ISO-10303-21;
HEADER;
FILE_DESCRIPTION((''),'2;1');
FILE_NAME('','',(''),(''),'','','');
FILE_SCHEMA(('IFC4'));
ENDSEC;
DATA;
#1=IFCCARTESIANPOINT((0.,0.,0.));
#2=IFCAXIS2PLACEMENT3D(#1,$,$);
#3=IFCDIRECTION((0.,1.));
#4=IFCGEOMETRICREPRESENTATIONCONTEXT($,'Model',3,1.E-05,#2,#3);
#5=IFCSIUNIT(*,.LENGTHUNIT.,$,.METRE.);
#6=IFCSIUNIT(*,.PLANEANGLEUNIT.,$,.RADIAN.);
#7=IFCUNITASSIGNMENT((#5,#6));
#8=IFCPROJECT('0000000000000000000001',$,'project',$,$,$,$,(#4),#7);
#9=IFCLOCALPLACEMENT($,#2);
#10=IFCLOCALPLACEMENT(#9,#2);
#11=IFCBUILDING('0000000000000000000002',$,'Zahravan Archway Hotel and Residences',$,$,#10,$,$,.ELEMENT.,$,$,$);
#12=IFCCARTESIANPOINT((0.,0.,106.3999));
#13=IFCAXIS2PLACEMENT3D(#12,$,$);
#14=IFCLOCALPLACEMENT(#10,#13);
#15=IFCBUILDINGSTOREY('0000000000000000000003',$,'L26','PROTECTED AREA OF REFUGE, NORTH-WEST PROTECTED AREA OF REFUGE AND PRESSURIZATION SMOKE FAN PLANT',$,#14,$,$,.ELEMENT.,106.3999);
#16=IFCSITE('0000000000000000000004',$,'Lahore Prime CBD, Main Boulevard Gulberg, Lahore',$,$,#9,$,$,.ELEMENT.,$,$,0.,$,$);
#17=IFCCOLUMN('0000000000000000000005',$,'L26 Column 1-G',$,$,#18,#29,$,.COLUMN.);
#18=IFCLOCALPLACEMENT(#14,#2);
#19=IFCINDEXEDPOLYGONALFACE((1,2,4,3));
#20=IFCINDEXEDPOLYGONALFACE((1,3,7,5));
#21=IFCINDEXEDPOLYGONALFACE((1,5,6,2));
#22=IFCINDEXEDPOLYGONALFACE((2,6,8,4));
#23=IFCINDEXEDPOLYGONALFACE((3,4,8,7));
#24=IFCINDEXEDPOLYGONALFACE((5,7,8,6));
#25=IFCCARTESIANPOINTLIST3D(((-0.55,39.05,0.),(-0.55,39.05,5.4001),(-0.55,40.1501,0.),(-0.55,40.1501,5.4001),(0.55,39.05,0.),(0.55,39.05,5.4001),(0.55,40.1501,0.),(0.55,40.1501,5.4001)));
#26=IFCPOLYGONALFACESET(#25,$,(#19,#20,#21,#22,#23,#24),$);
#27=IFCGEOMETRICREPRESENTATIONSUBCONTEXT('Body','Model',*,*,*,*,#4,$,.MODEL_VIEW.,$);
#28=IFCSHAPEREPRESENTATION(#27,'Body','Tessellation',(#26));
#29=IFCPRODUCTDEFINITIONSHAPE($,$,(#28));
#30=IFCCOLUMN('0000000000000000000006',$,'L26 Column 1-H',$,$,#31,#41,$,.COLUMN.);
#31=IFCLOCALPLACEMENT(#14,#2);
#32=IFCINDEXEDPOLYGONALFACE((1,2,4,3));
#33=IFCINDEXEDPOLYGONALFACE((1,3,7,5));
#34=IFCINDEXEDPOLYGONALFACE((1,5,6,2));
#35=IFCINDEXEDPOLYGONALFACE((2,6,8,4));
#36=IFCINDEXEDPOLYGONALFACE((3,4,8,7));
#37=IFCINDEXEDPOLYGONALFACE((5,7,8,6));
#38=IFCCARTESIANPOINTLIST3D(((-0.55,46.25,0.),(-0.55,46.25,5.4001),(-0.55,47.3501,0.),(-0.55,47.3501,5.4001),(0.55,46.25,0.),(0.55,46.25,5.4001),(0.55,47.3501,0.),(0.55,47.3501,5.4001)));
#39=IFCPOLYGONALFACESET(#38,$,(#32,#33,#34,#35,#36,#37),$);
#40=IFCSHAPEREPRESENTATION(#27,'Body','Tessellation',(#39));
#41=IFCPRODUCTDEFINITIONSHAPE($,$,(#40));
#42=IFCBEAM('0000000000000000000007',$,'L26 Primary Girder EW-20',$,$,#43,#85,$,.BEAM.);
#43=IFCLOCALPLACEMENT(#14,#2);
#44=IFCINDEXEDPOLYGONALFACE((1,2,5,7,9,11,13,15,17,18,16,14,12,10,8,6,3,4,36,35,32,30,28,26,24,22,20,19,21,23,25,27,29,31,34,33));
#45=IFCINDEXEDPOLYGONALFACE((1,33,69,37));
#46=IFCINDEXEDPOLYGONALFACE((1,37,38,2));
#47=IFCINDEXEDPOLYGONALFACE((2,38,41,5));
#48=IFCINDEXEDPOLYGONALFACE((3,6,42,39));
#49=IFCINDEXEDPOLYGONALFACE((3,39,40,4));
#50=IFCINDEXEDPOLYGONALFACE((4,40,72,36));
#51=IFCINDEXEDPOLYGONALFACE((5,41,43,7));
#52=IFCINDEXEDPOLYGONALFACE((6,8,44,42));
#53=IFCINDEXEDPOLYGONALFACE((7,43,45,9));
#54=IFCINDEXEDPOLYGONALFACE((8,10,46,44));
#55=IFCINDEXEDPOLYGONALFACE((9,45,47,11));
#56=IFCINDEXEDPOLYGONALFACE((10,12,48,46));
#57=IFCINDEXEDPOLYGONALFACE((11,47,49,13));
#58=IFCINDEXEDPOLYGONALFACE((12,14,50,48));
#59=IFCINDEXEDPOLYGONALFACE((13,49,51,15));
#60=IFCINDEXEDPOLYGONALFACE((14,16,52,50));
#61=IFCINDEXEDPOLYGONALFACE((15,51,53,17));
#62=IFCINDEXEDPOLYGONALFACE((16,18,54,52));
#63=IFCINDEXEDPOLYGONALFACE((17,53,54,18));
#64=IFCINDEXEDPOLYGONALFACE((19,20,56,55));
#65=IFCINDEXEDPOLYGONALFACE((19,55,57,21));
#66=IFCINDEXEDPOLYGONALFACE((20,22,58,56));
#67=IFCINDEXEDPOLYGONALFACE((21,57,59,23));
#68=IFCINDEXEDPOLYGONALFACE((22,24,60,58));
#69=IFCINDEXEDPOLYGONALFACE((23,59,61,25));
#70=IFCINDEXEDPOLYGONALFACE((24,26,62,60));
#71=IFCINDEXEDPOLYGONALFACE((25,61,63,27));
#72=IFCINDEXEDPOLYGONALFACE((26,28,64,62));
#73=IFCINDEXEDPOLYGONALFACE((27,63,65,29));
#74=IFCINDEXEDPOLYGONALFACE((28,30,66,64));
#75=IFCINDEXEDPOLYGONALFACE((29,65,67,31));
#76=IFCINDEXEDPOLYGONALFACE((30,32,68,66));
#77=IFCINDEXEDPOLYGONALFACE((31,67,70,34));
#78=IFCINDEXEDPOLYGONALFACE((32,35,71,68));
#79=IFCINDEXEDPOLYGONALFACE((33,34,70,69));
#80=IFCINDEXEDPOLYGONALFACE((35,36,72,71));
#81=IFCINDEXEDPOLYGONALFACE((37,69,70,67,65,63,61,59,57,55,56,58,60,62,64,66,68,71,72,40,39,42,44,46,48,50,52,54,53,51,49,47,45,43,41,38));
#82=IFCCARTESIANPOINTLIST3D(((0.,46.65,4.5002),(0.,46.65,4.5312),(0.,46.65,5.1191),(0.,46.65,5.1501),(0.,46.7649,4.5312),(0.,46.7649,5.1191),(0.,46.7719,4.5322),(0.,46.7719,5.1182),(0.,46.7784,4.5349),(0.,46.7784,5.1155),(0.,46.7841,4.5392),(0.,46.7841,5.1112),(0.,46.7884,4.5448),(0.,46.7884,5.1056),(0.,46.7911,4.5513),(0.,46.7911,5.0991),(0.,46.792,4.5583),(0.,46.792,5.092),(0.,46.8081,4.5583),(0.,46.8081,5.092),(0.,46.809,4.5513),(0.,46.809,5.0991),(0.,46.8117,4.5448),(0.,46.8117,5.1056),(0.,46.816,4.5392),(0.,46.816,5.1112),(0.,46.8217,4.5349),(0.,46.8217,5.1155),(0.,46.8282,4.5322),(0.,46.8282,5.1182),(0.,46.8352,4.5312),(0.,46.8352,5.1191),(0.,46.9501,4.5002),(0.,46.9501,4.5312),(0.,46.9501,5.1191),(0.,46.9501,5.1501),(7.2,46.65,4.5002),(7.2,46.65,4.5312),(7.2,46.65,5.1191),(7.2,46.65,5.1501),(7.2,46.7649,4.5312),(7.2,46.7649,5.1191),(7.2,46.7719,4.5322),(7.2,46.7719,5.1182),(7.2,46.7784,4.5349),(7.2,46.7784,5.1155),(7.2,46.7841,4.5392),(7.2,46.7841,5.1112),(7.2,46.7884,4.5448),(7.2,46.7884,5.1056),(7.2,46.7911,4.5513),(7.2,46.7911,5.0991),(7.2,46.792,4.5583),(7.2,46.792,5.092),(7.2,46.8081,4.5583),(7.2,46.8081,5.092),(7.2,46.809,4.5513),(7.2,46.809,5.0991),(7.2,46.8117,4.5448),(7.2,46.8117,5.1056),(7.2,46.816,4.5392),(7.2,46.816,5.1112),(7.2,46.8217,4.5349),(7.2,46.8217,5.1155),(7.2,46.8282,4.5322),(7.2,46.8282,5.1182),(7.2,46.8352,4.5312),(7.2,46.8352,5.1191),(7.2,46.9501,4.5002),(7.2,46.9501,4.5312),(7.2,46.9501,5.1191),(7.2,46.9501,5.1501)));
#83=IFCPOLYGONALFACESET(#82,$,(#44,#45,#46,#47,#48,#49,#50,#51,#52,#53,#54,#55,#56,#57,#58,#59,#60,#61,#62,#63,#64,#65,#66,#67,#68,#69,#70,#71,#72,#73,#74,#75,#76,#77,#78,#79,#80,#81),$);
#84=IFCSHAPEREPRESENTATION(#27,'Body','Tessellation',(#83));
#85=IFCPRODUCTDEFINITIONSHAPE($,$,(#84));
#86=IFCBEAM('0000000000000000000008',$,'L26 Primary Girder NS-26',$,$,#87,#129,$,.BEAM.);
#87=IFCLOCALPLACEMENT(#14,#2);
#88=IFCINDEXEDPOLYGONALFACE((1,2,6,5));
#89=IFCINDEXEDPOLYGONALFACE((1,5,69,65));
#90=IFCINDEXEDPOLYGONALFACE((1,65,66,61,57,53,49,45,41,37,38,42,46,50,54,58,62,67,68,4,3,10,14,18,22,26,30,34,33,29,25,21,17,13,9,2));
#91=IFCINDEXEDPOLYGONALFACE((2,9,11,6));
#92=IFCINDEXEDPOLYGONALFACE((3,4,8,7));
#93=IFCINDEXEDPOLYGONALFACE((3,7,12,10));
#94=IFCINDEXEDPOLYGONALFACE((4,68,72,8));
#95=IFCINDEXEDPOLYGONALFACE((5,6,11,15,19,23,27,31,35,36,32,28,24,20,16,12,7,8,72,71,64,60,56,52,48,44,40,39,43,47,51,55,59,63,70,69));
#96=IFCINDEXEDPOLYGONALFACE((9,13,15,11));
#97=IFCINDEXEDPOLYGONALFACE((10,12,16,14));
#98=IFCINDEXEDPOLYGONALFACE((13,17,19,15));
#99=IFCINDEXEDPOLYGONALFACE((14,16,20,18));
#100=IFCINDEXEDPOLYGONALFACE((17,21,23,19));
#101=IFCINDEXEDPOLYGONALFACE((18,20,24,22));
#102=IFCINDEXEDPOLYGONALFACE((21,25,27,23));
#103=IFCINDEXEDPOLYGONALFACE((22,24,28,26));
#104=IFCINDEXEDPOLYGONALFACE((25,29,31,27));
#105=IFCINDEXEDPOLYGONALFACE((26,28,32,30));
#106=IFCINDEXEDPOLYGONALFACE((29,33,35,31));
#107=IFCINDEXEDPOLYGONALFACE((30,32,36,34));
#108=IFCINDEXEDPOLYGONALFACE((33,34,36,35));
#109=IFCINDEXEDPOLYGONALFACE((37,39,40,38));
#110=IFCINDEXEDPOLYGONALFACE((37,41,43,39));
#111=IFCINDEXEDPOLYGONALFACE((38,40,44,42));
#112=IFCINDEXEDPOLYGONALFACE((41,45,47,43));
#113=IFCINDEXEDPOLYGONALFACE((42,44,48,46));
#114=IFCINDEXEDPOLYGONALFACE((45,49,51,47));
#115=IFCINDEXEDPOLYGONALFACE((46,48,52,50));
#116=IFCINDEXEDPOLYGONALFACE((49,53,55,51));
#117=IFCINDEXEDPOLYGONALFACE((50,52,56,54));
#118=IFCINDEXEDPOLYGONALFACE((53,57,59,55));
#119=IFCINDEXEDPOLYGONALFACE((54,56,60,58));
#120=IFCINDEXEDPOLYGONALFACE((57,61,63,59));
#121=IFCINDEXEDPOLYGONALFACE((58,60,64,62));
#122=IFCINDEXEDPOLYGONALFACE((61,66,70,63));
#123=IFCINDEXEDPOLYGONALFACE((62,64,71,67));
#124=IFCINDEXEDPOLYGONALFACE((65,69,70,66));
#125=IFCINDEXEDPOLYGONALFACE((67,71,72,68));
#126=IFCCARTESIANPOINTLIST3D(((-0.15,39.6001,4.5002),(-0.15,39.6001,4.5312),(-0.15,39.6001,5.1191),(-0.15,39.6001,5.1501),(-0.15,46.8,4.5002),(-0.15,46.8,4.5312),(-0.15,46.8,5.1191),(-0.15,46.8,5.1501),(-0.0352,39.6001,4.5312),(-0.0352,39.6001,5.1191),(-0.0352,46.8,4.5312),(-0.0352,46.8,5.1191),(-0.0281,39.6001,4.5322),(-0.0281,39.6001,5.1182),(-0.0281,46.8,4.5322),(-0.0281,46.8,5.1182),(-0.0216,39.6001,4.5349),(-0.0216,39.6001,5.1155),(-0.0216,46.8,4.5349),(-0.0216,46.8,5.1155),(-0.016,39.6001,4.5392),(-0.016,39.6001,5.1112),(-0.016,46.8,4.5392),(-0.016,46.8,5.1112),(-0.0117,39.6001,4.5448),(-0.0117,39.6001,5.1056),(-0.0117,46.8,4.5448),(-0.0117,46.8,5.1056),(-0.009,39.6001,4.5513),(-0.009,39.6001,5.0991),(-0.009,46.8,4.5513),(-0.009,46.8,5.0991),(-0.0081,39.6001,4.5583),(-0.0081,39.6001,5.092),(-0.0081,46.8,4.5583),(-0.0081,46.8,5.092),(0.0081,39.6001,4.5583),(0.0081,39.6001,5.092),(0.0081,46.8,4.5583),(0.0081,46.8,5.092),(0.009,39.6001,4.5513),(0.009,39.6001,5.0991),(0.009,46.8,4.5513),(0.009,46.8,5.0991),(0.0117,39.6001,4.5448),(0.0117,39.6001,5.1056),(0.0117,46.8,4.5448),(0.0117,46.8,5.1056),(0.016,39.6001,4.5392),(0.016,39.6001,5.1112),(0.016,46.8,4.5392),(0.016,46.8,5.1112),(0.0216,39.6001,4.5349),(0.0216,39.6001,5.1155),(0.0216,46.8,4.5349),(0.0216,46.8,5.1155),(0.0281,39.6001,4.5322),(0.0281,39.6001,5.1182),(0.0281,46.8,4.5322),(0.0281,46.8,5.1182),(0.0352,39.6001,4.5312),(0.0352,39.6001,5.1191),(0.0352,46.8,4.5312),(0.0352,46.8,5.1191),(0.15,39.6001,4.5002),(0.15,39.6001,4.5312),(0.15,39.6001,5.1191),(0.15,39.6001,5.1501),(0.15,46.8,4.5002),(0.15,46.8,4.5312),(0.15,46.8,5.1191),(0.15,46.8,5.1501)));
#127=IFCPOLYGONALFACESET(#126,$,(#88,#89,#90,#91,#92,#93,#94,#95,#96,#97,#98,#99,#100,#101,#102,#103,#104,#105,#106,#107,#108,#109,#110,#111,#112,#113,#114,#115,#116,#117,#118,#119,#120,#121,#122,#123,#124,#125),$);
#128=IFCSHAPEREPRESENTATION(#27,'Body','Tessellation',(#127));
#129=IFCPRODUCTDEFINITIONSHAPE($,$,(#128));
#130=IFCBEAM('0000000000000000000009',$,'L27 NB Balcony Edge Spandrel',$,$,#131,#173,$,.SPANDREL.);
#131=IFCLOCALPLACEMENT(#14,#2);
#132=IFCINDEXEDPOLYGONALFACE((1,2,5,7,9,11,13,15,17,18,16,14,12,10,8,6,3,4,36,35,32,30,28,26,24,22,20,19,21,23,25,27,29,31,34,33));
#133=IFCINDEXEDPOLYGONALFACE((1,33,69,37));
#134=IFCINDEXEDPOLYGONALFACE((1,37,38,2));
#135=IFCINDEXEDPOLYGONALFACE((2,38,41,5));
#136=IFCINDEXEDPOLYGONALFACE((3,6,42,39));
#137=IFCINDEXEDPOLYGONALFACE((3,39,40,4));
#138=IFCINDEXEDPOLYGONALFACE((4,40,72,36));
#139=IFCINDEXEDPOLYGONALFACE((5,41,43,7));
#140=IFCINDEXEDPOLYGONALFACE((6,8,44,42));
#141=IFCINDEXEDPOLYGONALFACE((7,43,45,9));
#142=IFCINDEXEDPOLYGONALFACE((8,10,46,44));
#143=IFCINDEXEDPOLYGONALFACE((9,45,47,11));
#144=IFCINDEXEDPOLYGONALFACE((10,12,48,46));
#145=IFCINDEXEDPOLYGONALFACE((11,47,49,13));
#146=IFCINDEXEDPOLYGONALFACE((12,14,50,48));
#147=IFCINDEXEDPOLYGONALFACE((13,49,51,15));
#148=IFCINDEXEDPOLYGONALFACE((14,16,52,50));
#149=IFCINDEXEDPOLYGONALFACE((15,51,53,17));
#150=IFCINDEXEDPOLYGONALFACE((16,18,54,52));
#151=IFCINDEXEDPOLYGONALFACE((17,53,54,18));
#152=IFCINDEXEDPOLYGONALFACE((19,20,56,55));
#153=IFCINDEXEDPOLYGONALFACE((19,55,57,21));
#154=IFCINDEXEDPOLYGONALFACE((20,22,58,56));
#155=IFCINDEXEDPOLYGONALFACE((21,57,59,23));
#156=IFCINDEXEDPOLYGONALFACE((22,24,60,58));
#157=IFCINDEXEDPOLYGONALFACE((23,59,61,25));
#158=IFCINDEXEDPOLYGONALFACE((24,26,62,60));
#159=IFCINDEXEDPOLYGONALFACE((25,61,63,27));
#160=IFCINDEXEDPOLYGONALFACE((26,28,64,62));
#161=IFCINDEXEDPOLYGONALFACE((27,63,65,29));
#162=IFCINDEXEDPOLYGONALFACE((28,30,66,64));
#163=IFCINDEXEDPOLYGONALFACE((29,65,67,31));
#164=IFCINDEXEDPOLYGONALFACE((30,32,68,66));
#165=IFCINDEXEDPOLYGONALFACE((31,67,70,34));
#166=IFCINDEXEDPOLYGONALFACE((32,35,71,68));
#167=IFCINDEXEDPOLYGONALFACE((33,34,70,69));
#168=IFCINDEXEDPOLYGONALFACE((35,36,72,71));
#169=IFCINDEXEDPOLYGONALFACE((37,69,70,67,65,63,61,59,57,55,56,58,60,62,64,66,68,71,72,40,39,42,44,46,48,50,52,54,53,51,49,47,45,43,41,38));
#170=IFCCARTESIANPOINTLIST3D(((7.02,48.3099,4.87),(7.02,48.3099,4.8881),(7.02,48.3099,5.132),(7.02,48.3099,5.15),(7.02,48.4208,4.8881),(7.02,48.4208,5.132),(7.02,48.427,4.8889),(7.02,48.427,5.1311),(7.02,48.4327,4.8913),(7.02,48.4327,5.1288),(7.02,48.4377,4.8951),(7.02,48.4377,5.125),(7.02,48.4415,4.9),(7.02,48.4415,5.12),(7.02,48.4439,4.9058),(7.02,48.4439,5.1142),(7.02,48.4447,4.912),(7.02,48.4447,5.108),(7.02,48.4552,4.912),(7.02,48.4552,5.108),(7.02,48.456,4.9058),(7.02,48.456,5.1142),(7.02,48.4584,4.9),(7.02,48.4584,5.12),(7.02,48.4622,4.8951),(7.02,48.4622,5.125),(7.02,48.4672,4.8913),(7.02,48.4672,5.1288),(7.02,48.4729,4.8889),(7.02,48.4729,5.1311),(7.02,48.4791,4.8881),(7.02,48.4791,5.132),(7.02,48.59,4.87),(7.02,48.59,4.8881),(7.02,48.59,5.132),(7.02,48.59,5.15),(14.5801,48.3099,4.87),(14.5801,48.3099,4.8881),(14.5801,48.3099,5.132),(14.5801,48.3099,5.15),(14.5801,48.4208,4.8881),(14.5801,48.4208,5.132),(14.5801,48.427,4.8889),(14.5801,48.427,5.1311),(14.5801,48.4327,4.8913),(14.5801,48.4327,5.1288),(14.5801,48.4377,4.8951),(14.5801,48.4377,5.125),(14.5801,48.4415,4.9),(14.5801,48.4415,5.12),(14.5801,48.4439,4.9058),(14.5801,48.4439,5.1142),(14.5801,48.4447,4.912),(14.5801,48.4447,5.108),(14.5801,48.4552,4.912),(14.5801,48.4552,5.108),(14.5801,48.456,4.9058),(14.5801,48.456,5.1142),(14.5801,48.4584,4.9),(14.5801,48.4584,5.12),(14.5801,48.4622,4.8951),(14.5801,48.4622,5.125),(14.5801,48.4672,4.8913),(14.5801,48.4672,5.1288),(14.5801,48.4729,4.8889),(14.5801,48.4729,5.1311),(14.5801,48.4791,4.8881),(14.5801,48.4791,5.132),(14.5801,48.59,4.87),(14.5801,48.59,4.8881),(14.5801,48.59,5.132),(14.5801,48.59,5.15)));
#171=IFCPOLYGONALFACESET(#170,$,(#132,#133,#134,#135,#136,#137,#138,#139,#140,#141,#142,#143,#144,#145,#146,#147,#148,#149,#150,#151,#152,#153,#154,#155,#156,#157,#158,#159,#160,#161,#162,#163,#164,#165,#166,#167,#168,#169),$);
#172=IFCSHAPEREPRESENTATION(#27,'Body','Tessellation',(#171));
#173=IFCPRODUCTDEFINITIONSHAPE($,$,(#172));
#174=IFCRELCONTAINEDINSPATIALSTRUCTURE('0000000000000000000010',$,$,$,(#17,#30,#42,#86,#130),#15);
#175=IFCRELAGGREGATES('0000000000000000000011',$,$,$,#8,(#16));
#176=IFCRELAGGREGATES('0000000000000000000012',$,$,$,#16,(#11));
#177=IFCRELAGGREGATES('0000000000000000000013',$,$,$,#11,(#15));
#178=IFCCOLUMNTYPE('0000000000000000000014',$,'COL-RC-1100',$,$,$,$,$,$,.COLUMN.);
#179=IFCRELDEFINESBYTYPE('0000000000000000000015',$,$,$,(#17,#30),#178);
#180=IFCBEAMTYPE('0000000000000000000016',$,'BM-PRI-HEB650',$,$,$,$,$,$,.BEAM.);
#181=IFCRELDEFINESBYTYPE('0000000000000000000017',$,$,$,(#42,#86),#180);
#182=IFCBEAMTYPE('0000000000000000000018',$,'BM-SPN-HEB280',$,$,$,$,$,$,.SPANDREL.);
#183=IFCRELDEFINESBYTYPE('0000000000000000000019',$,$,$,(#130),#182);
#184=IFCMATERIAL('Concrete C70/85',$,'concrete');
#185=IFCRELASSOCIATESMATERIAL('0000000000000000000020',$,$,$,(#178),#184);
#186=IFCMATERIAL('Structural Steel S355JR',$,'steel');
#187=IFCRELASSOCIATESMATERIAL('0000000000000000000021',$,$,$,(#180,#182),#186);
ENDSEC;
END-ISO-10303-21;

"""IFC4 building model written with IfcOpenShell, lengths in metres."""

from ifc_helpers import new_model, si_unit, direction, frame, origin, origin_2d, place, context, subcontext, project, spatial, rectangle, i_section, extrude, source, transform, mapped, material, material_profile, profile_set, type_object, type_shapes, element, save


model = new_model("IFC4")

# Units and contexts
model_context = context("Model", 3, precision=1e-05, world=origin(), true_north=direction((0.0, 1.0)))
body_context = subcontext(model_context, "Body", "Model", "MODEL_VIEW")
ifc_project = project(units=[si_unit("LENGTHUNIT", "METRE"), si_unit("PLANEANGLEUNIT", "RADIAN")], contexts=[model_context])

# Site, building, storey
site_placement = place(None, origin())
site = spatial("IfcSite", under=ifc_project, at=site_placement, Name="Lahore Prime CBD, Main Boulevard Gulberg, Lahore", CompositionType="ELEMENT", RefElevation=0.0)
building_placement = place(site_placement, origin())
building = spatial("IfcBuilding", under=site, at=building_placement, Name="Zahravan Archway Hotel and Residences", CompositionType="ELEMENT")
storey_placement = place(building_placement, frame((0.0, 0.0, 106.3999)))
storey = spatial("IfcBuildingStorey", under=building, at=storey_placement, Name="L26", Description="PROTECTED AREA OF REFUGE, NORTH-WEST PROTECTED AREA OF REFUGE AND PRESSURIZATION SMOKE FAN PLANT", CompositionType="ELEMENT", Elevation=106.3999)

# Columns
ifc_material_1 = material(Name="Concrete C70/85", Category="concrete")
ifc_material_profile_1 = material_profile(ifc_material_1, rectangle(XDim=1.1001, YDim=1.1001, at=origin_2d()), Name="RC 1100x1100", Category="concrete")
ifc_profile_set_1 = profile_set([ifc_material_profile_1], Name="Concrete C70/85")
column_type = type_object("IfcColumnType", Name="COL-RC-1100", PredefinedType="COLUMN", material=ifc_profile_set_1)
shared_shape_1 = source(origin(), body_context, "Body", "SweptSolid", [
    extrude(rectangle(XDim=1.1001, YDim=1.1001, at=origin_2d()), origin(), (0.0, 0.0, 1.0), 5.4001),
])
for number, where, z_axis, x_axis, name in (
    (1, (0.0, 39.6001, 0.0), (0.0, 0.0, 1.0), (1.0, 0.0, 0.0), "L26 Column 1-G"),
    (2, (0.0, 46.8, 0.0), (0.0, 0.0, 1.0), (1.0, 0.0, 0.0), "L26 Column 1-H"),
):
    element("IfcColumn", number, at=place(storey_placement, frame(where, z_axis=z_axis, x_axis=x_axis)), inside=storey, type_object=column_type, Name=name, PredefinedType="COLUMN", context=body_context, shape_type="MappedRepresentation", body=[
        mapped(shared_shape_1, transform((0.0, 0.0, 0.0), scale=1.0)),
    ])

# Beams
ifc_material_2 = material(Name="Structural Steel S355JR", Category="steel")
ifc_material_profile_2 = material_profile(ifc_material_2, i_section(OverallWidth=0.3, OverallDepth=0.6499, WebThickness=0.0161, FlangeThickness=0.031, FilletRadius=0.0271, at=origin_2d()), Name="HEB 650", Category="steel")
ifc_profile_set_2 = profile_set([ifc_material_profile_2], Name="Structural Steel S355JR")
beam_type_1 = type_object("IfcBeamType", Name="BM-PRI-HEB650", PredefinedType="BEAM", material=ifc_profile_set_2)
shared_shape_2 = source(origin(), body_context, "Body", "SweptSolid", [
    extrude(i_section(OverallWidth=0.3, OverallDepth=0.6499, WebThickness=0.0161, FlangeThickness=0.031, FilletRadius=0.0271, at=origin_2d()), origin(), (0.0, 0.0, 1.0), 7.2),
])
for number, where, z_axis, x_axis, name in (
    (3, (0.0, 46.8, 4.8252), (1.0, 0.0, 0.0), (0.0, 1.0, 0.0), "L26 Primary Girder EW-20"),
    (4, (0.0, 39.6001, 4.8252), (0.0, 1.0, 0.0), (-1.0, 0.0, 0.0), "L26 Primary Girder NS-26"),
):
    element("IfcBeam", number, at=place(storey_placement, frame(where, z_axis=z_axis, x_axis=x_axis)), inside=storey, type_object=beam_type_1, Name=name, PredefinedType="BEAM", context=body_context, shape_type="MappedRepresentation", body=[
        mapped(shared_shape_2, transform((0.0, 0.0, 0.0), scale=1.0)),
    ])
ifc_material_profile_3 = material_profile(ifc_material_2, i_section(OverallWidth=0.28, OverallDepth=0.28, WebThickness=0.0105, FlangeThickness=0.0181, FilletRadius=0.0239, at=origin_2d()), Name="HEB 280", Category="steel")
ifc_profile_set_3 = profile_set([ifc_material_profile_3], Name="Structural Steel S355JR")
beam_type_2 = type_object("IfcBeamType", Name="BM-SPN-HEB280", PredefinedType="SPANDREL", material=ifc_profile_set_3)
shared_shape_3 = source(origin(), body_context, "Body", "SweptSolid", [
    extrude(i_section(OverallWidth=0.28, OverallDepth=0.28, WebThickness=0.0105, FlangeThickness=0.0181, FilletRadius=0.0239, at=origin_2d()), origin(), (0.0, 0.0, 1.0), 7.5601),
])
type_shapes(beam_type_2, [shared_shape_3])
beam_1_placement = place(storey_placement, frame((7.02, 48.45, 5.01), z_axis=(1.0, 0.0, 0.0), x_axis=(0.0, 1.0, 0.0)))
element("IfcBeam", 5, at=beam_1_placement, inside=storey, type_object=beam_type_2, Name="L27 NB Balcony Edge Spandrel", PredefinedType="SPANDREL", context=body_context, shape_type="MappedRepresentation", body=[
    mapped(shared_shape_3, transform((0.0, 0.0, 0.0), scale=1.0)),
])

save(model, "model.ifc")
